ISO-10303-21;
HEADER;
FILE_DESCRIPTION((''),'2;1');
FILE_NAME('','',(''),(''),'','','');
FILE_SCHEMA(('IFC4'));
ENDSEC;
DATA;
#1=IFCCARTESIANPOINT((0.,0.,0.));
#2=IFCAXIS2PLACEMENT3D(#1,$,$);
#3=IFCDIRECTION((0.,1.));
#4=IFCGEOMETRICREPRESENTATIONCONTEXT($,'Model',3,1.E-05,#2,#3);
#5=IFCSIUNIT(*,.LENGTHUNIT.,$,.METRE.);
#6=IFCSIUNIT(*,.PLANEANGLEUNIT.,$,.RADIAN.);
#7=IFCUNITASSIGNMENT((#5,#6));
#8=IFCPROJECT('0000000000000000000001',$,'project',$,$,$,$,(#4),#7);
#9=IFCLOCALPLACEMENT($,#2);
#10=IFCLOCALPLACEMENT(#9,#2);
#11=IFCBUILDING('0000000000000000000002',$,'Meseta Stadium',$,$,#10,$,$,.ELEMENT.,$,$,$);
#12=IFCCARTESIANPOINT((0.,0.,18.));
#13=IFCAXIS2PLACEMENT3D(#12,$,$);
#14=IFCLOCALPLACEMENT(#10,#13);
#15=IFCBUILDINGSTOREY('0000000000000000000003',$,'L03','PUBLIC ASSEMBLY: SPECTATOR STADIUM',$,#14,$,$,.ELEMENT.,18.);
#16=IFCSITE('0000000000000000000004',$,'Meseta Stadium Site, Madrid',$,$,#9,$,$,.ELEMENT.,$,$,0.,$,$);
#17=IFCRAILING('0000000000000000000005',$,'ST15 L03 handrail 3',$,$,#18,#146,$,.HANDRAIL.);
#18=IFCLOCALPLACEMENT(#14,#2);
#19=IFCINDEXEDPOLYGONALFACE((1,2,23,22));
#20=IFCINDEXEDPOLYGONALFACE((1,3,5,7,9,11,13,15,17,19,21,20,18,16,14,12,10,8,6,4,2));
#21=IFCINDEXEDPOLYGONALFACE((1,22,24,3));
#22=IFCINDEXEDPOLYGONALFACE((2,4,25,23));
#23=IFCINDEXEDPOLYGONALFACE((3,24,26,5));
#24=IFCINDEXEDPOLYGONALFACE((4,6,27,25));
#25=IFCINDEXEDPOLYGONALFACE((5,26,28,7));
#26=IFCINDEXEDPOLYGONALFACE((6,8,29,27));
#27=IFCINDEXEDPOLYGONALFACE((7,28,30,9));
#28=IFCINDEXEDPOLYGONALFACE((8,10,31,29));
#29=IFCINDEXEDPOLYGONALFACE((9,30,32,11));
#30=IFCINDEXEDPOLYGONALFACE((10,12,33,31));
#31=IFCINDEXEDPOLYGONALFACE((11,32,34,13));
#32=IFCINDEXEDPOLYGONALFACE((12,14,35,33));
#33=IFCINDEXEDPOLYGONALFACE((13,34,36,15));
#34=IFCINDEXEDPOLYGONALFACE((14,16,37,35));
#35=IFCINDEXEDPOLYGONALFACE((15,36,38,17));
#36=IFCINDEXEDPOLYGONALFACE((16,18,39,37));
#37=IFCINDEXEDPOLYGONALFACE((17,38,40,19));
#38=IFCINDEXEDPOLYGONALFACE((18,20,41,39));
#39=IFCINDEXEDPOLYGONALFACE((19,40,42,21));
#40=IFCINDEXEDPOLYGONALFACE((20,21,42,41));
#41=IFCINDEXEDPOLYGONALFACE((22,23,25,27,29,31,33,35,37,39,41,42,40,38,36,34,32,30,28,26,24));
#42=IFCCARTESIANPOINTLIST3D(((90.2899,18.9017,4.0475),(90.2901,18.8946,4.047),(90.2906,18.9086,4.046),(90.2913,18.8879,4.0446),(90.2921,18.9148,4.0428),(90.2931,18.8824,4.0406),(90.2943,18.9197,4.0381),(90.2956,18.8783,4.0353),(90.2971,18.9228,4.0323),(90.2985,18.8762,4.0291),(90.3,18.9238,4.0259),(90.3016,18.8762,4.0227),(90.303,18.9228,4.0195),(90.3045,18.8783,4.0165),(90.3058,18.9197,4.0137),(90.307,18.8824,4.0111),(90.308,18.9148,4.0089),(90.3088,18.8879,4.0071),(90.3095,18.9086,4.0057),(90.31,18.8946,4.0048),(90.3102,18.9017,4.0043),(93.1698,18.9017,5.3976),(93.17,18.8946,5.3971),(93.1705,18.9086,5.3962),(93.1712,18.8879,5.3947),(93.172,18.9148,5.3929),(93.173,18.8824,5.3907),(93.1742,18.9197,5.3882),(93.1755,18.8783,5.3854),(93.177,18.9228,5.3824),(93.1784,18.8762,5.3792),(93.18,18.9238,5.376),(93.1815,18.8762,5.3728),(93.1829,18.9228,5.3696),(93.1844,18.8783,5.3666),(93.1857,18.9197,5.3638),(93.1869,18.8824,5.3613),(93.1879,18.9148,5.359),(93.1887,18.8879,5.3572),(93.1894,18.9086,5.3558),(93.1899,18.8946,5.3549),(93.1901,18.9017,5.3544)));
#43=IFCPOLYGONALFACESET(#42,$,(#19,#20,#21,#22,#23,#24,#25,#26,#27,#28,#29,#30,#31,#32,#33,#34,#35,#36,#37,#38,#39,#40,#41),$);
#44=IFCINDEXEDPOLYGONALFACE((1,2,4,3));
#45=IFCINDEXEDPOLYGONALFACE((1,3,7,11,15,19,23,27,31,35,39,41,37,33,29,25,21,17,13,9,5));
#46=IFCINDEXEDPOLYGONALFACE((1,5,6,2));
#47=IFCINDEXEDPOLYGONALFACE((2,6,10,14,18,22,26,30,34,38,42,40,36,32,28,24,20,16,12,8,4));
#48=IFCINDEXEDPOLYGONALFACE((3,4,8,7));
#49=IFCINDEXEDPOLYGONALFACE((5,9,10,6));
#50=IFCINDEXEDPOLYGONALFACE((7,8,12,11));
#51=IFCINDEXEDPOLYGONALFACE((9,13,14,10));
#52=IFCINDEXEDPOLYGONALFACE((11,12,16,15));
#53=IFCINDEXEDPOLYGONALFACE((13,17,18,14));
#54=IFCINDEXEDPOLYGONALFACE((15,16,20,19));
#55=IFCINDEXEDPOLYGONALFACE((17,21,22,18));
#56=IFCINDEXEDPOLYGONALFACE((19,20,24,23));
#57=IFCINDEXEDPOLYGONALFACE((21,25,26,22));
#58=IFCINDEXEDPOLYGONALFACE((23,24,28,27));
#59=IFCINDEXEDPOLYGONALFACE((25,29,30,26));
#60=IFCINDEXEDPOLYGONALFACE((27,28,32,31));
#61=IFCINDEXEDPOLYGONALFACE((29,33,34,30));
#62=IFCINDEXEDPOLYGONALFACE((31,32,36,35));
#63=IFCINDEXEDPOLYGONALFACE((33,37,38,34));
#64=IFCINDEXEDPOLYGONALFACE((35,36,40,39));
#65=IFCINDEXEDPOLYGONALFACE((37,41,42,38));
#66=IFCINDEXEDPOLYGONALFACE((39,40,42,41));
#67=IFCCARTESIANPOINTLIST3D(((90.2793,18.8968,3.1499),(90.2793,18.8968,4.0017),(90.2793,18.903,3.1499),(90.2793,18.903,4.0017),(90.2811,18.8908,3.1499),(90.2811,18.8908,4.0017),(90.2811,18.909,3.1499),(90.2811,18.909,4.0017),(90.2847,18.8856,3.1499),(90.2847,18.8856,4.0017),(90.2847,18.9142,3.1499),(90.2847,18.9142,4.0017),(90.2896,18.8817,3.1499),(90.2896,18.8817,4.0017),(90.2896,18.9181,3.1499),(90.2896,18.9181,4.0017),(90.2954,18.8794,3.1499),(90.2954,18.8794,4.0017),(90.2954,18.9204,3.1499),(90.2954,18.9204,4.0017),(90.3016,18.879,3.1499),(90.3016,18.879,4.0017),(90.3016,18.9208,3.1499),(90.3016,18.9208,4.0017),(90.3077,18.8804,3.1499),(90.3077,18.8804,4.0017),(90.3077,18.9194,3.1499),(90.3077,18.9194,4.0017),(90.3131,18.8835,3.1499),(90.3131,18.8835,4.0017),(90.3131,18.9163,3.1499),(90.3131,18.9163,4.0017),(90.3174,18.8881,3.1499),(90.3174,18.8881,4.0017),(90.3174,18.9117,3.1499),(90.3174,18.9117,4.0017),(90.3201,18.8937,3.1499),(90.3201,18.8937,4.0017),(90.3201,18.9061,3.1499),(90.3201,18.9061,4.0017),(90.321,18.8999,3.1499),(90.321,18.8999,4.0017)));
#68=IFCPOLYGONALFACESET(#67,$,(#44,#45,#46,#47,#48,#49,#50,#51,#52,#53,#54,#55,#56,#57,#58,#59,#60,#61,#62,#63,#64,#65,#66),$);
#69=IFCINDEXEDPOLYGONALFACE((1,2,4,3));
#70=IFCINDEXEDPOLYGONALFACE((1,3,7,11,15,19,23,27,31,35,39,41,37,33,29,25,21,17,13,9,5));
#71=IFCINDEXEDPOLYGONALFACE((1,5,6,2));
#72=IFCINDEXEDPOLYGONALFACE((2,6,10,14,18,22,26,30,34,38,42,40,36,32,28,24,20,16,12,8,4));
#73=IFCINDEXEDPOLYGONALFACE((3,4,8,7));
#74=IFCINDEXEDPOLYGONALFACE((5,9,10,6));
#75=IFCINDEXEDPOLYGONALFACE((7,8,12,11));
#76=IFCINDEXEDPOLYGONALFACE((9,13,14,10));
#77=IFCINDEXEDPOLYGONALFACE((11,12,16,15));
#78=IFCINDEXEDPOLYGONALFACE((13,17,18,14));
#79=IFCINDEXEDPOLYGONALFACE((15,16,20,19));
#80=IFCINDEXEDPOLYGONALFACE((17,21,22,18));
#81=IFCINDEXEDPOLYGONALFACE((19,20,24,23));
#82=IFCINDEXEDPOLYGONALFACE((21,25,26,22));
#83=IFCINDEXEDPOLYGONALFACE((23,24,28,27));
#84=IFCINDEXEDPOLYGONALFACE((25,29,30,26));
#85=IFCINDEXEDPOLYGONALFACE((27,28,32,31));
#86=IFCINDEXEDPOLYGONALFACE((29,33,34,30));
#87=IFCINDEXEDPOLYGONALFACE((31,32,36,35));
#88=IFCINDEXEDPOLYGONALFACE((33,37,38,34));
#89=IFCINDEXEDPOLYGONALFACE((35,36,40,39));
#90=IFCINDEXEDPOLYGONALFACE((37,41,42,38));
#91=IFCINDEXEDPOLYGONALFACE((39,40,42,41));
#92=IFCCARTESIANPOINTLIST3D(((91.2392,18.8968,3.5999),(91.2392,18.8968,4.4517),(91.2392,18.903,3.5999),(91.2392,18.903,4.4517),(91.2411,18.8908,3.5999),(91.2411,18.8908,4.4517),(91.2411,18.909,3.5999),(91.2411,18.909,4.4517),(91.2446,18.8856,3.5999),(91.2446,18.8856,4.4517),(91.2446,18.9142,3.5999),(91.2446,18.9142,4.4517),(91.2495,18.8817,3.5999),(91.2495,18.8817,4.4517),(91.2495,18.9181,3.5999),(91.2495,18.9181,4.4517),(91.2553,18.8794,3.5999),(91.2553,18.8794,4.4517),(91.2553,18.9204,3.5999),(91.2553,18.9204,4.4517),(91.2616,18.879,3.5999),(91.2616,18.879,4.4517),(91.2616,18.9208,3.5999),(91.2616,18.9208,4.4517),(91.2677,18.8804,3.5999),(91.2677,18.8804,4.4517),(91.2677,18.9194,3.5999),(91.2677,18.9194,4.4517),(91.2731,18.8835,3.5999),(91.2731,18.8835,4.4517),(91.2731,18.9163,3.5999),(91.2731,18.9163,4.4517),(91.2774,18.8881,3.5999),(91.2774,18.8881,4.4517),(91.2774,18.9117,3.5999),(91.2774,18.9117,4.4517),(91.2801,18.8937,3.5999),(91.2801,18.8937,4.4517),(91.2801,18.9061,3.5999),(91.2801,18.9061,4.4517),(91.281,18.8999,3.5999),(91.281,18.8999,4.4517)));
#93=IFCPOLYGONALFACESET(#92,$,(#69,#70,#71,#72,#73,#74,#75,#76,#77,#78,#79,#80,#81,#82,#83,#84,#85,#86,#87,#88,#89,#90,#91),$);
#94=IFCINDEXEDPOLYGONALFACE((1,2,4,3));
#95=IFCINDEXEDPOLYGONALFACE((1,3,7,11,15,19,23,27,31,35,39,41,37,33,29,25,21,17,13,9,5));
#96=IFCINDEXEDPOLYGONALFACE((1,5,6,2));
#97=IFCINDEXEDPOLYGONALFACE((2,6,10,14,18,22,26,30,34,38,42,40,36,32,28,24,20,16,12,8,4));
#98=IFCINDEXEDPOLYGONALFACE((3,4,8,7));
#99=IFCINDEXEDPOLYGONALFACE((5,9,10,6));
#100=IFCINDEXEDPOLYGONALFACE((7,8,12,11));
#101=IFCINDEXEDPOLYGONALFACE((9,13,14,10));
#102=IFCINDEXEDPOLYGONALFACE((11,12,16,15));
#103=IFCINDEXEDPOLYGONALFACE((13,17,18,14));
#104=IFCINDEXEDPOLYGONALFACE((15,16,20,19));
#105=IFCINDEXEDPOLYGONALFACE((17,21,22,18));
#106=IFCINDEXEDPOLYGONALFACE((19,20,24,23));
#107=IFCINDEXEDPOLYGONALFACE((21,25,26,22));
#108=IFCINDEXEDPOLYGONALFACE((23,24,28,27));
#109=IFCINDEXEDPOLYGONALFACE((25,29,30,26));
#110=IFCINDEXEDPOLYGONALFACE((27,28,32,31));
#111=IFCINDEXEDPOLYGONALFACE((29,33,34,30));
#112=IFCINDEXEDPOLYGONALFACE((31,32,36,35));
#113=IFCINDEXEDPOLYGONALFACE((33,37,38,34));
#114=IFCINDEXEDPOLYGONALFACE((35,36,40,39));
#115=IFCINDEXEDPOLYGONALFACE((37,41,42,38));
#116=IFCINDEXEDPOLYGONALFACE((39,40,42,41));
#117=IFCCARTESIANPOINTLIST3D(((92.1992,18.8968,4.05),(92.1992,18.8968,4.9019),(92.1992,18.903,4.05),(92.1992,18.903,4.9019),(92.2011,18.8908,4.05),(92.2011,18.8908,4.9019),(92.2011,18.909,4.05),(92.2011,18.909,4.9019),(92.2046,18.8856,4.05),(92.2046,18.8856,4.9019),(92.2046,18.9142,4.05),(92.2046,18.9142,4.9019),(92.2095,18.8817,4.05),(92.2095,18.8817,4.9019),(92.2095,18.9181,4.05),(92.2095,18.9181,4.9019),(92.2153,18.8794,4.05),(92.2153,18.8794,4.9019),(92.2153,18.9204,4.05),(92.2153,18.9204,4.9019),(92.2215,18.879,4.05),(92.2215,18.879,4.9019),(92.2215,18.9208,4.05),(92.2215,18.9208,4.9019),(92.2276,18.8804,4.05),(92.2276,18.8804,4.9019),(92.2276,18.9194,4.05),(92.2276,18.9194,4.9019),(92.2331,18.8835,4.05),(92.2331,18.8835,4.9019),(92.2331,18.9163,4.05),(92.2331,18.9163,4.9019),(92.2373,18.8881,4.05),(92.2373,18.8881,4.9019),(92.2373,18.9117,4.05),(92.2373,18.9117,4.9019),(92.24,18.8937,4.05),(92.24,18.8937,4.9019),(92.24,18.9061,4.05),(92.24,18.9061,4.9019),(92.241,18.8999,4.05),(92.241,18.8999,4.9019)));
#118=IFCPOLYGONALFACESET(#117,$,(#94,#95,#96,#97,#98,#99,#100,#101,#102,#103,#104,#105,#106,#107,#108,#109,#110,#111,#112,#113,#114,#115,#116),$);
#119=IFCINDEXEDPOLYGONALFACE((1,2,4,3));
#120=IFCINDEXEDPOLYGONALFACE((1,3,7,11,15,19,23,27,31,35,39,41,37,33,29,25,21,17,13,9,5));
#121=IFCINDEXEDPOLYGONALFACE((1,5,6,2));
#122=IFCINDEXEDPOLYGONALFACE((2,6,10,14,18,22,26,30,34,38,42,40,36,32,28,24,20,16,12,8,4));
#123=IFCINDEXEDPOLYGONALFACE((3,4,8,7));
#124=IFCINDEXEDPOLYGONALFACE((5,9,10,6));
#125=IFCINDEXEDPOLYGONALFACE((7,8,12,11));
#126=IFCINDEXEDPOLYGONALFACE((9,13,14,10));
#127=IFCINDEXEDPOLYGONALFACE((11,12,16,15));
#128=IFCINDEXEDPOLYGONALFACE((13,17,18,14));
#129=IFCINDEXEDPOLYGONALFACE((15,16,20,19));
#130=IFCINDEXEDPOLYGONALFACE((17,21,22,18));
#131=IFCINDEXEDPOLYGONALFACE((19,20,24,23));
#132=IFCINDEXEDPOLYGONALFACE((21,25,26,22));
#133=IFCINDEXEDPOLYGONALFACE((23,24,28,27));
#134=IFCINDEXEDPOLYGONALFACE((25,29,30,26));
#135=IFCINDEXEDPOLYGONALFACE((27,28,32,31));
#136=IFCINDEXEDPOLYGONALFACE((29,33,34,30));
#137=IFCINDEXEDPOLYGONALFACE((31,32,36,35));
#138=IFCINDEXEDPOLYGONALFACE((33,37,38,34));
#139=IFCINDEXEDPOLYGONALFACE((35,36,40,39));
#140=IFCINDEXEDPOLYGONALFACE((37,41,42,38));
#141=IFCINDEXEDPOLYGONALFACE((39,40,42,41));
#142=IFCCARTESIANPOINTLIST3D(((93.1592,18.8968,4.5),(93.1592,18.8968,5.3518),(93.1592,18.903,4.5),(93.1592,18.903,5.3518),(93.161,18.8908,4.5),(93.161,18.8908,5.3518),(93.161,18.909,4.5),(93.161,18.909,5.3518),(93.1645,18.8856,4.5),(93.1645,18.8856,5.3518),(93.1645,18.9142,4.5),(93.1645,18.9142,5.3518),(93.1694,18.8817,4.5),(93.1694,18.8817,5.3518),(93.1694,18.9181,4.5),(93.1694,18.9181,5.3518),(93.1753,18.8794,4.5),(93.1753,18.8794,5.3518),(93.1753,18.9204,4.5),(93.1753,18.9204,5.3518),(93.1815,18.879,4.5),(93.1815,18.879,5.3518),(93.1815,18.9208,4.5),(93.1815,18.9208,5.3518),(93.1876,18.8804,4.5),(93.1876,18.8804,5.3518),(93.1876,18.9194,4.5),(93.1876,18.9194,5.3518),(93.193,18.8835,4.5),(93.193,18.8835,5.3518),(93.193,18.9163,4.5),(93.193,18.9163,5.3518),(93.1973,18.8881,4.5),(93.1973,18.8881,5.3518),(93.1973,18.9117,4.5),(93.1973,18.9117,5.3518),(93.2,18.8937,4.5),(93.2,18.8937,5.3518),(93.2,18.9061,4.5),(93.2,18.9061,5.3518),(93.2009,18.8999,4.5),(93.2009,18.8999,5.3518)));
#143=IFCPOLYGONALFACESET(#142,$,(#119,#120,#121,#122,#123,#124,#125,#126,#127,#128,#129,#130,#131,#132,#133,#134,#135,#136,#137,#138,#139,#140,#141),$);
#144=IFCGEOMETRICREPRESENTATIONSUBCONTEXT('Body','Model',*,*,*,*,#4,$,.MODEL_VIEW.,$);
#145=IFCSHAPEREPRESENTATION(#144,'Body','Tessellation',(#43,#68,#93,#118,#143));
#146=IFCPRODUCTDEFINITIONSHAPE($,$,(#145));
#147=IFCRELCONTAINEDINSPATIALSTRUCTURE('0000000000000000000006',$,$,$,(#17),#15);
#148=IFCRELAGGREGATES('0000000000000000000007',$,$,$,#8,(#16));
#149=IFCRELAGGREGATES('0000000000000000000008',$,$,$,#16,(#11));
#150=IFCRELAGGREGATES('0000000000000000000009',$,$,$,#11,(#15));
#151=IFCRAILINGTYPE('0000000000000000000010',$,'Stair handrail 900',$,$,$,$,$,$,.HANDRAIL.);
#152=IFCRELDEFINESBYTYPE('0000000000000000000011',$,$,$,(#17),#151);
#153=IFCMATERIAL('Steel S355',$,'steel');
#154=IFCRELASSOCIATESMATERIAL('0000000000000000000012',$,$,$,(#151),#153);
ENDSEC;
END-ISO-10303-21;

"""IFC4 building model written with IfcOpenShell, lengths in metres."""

from ifc_helpers import new_model, si_unit, direction, frame, origin, origin_2d, place, context, subcontext, project, spatial, circle, extrude, material, type_object, element, save


model = new_model("IFC4")

# Units and contexts
model_context = context("Model", 3, precision=1e-05, world=origin(), true_north=direction((0.0, 1.0)))
body_context = subcontext(model_context, "Body", "Model", "MODEL_VIEW")
ifc_project = project(units=[si_unit("LENGTHUNIT", "METRE"), si_unit("PLANEANGLEUNIT", "RADIAN")], contexts=[model_context])

# Site, building, storey
site_placement = place(None, origin())
site = spatial("IfcSite", under=ifc_project, at=site_placement, Name="Meseta Stadium Site, Madrid", CompositionType="ELEMENT", RefElevation=0.0)
building_placement = place(site_placement, origin())
building = spatial("IfcBuilding", under=site, at=building_placement, Name="Meseta Stadium", CompositionType="ELEMENT")
storey_placement = place(building_placement, frame((0.0, 0.0, 18.0)))
storey = spatial("IfcBuildingStorey", under=building, at=storey_placement, Name="L03", Description="PUBLIC ASSEMBLY: SPECTATOR STADIUM", CompositionType="ELEMENT", Elevation=18.0)

# Railing
ifc_material_1 = material(Name="Steel S355", Category="steel")
railing_type_1 = type_object("IfcRailingType", Name="Stair handrail 900", PredefinedType="HANDRAIL", material=ifc_material_1)
for number, where, name in (
    (1, (90.3, 18.8999, 3.1499), "ST15 L03 handrail 3"),
):
    element("IfcRailing", number, at=place(storey_placement, frame(where)), inside=storey, type_object=railing_type_1, Name=name, PredefinedType="HANDRAIL", context=body_context, shape_type="SweptSolid", body=[
        extrude(circle(Radius=0.0239, at=origin_2d()), frame((0.0, 0.0, 0.876), z_axis=(0.90544, 0.0, 0.424473), x_axis=(0.0, 1.0, 0.0)), (0.0, 0.0, 1.0), 3.1807),
        extrude(circle(Radius=0.021, at=origin_2d()), origin(), (0.0, 0.0, 1.0), 0.8518),
        extrude(circle(Radius=0.021, at=origin_2d()), frame((0.96, 0.0, 0.45)), (0.0, 0.0, 1.0), 0.8518),
        extrude(circle(Radius=0.021, at=origin_2d()), frame((1.9199, 0.0, 0.9001)), (0.0, 0.0, 1.0), 0.8518),
        extrude(circle(Radius=0.021, at=origin_2d()), frame((2.8799, 0.0, 1.3501)), (0.0, 0.0, 1.0), 0.8518),
    ])

save(model, "model.ifc")
